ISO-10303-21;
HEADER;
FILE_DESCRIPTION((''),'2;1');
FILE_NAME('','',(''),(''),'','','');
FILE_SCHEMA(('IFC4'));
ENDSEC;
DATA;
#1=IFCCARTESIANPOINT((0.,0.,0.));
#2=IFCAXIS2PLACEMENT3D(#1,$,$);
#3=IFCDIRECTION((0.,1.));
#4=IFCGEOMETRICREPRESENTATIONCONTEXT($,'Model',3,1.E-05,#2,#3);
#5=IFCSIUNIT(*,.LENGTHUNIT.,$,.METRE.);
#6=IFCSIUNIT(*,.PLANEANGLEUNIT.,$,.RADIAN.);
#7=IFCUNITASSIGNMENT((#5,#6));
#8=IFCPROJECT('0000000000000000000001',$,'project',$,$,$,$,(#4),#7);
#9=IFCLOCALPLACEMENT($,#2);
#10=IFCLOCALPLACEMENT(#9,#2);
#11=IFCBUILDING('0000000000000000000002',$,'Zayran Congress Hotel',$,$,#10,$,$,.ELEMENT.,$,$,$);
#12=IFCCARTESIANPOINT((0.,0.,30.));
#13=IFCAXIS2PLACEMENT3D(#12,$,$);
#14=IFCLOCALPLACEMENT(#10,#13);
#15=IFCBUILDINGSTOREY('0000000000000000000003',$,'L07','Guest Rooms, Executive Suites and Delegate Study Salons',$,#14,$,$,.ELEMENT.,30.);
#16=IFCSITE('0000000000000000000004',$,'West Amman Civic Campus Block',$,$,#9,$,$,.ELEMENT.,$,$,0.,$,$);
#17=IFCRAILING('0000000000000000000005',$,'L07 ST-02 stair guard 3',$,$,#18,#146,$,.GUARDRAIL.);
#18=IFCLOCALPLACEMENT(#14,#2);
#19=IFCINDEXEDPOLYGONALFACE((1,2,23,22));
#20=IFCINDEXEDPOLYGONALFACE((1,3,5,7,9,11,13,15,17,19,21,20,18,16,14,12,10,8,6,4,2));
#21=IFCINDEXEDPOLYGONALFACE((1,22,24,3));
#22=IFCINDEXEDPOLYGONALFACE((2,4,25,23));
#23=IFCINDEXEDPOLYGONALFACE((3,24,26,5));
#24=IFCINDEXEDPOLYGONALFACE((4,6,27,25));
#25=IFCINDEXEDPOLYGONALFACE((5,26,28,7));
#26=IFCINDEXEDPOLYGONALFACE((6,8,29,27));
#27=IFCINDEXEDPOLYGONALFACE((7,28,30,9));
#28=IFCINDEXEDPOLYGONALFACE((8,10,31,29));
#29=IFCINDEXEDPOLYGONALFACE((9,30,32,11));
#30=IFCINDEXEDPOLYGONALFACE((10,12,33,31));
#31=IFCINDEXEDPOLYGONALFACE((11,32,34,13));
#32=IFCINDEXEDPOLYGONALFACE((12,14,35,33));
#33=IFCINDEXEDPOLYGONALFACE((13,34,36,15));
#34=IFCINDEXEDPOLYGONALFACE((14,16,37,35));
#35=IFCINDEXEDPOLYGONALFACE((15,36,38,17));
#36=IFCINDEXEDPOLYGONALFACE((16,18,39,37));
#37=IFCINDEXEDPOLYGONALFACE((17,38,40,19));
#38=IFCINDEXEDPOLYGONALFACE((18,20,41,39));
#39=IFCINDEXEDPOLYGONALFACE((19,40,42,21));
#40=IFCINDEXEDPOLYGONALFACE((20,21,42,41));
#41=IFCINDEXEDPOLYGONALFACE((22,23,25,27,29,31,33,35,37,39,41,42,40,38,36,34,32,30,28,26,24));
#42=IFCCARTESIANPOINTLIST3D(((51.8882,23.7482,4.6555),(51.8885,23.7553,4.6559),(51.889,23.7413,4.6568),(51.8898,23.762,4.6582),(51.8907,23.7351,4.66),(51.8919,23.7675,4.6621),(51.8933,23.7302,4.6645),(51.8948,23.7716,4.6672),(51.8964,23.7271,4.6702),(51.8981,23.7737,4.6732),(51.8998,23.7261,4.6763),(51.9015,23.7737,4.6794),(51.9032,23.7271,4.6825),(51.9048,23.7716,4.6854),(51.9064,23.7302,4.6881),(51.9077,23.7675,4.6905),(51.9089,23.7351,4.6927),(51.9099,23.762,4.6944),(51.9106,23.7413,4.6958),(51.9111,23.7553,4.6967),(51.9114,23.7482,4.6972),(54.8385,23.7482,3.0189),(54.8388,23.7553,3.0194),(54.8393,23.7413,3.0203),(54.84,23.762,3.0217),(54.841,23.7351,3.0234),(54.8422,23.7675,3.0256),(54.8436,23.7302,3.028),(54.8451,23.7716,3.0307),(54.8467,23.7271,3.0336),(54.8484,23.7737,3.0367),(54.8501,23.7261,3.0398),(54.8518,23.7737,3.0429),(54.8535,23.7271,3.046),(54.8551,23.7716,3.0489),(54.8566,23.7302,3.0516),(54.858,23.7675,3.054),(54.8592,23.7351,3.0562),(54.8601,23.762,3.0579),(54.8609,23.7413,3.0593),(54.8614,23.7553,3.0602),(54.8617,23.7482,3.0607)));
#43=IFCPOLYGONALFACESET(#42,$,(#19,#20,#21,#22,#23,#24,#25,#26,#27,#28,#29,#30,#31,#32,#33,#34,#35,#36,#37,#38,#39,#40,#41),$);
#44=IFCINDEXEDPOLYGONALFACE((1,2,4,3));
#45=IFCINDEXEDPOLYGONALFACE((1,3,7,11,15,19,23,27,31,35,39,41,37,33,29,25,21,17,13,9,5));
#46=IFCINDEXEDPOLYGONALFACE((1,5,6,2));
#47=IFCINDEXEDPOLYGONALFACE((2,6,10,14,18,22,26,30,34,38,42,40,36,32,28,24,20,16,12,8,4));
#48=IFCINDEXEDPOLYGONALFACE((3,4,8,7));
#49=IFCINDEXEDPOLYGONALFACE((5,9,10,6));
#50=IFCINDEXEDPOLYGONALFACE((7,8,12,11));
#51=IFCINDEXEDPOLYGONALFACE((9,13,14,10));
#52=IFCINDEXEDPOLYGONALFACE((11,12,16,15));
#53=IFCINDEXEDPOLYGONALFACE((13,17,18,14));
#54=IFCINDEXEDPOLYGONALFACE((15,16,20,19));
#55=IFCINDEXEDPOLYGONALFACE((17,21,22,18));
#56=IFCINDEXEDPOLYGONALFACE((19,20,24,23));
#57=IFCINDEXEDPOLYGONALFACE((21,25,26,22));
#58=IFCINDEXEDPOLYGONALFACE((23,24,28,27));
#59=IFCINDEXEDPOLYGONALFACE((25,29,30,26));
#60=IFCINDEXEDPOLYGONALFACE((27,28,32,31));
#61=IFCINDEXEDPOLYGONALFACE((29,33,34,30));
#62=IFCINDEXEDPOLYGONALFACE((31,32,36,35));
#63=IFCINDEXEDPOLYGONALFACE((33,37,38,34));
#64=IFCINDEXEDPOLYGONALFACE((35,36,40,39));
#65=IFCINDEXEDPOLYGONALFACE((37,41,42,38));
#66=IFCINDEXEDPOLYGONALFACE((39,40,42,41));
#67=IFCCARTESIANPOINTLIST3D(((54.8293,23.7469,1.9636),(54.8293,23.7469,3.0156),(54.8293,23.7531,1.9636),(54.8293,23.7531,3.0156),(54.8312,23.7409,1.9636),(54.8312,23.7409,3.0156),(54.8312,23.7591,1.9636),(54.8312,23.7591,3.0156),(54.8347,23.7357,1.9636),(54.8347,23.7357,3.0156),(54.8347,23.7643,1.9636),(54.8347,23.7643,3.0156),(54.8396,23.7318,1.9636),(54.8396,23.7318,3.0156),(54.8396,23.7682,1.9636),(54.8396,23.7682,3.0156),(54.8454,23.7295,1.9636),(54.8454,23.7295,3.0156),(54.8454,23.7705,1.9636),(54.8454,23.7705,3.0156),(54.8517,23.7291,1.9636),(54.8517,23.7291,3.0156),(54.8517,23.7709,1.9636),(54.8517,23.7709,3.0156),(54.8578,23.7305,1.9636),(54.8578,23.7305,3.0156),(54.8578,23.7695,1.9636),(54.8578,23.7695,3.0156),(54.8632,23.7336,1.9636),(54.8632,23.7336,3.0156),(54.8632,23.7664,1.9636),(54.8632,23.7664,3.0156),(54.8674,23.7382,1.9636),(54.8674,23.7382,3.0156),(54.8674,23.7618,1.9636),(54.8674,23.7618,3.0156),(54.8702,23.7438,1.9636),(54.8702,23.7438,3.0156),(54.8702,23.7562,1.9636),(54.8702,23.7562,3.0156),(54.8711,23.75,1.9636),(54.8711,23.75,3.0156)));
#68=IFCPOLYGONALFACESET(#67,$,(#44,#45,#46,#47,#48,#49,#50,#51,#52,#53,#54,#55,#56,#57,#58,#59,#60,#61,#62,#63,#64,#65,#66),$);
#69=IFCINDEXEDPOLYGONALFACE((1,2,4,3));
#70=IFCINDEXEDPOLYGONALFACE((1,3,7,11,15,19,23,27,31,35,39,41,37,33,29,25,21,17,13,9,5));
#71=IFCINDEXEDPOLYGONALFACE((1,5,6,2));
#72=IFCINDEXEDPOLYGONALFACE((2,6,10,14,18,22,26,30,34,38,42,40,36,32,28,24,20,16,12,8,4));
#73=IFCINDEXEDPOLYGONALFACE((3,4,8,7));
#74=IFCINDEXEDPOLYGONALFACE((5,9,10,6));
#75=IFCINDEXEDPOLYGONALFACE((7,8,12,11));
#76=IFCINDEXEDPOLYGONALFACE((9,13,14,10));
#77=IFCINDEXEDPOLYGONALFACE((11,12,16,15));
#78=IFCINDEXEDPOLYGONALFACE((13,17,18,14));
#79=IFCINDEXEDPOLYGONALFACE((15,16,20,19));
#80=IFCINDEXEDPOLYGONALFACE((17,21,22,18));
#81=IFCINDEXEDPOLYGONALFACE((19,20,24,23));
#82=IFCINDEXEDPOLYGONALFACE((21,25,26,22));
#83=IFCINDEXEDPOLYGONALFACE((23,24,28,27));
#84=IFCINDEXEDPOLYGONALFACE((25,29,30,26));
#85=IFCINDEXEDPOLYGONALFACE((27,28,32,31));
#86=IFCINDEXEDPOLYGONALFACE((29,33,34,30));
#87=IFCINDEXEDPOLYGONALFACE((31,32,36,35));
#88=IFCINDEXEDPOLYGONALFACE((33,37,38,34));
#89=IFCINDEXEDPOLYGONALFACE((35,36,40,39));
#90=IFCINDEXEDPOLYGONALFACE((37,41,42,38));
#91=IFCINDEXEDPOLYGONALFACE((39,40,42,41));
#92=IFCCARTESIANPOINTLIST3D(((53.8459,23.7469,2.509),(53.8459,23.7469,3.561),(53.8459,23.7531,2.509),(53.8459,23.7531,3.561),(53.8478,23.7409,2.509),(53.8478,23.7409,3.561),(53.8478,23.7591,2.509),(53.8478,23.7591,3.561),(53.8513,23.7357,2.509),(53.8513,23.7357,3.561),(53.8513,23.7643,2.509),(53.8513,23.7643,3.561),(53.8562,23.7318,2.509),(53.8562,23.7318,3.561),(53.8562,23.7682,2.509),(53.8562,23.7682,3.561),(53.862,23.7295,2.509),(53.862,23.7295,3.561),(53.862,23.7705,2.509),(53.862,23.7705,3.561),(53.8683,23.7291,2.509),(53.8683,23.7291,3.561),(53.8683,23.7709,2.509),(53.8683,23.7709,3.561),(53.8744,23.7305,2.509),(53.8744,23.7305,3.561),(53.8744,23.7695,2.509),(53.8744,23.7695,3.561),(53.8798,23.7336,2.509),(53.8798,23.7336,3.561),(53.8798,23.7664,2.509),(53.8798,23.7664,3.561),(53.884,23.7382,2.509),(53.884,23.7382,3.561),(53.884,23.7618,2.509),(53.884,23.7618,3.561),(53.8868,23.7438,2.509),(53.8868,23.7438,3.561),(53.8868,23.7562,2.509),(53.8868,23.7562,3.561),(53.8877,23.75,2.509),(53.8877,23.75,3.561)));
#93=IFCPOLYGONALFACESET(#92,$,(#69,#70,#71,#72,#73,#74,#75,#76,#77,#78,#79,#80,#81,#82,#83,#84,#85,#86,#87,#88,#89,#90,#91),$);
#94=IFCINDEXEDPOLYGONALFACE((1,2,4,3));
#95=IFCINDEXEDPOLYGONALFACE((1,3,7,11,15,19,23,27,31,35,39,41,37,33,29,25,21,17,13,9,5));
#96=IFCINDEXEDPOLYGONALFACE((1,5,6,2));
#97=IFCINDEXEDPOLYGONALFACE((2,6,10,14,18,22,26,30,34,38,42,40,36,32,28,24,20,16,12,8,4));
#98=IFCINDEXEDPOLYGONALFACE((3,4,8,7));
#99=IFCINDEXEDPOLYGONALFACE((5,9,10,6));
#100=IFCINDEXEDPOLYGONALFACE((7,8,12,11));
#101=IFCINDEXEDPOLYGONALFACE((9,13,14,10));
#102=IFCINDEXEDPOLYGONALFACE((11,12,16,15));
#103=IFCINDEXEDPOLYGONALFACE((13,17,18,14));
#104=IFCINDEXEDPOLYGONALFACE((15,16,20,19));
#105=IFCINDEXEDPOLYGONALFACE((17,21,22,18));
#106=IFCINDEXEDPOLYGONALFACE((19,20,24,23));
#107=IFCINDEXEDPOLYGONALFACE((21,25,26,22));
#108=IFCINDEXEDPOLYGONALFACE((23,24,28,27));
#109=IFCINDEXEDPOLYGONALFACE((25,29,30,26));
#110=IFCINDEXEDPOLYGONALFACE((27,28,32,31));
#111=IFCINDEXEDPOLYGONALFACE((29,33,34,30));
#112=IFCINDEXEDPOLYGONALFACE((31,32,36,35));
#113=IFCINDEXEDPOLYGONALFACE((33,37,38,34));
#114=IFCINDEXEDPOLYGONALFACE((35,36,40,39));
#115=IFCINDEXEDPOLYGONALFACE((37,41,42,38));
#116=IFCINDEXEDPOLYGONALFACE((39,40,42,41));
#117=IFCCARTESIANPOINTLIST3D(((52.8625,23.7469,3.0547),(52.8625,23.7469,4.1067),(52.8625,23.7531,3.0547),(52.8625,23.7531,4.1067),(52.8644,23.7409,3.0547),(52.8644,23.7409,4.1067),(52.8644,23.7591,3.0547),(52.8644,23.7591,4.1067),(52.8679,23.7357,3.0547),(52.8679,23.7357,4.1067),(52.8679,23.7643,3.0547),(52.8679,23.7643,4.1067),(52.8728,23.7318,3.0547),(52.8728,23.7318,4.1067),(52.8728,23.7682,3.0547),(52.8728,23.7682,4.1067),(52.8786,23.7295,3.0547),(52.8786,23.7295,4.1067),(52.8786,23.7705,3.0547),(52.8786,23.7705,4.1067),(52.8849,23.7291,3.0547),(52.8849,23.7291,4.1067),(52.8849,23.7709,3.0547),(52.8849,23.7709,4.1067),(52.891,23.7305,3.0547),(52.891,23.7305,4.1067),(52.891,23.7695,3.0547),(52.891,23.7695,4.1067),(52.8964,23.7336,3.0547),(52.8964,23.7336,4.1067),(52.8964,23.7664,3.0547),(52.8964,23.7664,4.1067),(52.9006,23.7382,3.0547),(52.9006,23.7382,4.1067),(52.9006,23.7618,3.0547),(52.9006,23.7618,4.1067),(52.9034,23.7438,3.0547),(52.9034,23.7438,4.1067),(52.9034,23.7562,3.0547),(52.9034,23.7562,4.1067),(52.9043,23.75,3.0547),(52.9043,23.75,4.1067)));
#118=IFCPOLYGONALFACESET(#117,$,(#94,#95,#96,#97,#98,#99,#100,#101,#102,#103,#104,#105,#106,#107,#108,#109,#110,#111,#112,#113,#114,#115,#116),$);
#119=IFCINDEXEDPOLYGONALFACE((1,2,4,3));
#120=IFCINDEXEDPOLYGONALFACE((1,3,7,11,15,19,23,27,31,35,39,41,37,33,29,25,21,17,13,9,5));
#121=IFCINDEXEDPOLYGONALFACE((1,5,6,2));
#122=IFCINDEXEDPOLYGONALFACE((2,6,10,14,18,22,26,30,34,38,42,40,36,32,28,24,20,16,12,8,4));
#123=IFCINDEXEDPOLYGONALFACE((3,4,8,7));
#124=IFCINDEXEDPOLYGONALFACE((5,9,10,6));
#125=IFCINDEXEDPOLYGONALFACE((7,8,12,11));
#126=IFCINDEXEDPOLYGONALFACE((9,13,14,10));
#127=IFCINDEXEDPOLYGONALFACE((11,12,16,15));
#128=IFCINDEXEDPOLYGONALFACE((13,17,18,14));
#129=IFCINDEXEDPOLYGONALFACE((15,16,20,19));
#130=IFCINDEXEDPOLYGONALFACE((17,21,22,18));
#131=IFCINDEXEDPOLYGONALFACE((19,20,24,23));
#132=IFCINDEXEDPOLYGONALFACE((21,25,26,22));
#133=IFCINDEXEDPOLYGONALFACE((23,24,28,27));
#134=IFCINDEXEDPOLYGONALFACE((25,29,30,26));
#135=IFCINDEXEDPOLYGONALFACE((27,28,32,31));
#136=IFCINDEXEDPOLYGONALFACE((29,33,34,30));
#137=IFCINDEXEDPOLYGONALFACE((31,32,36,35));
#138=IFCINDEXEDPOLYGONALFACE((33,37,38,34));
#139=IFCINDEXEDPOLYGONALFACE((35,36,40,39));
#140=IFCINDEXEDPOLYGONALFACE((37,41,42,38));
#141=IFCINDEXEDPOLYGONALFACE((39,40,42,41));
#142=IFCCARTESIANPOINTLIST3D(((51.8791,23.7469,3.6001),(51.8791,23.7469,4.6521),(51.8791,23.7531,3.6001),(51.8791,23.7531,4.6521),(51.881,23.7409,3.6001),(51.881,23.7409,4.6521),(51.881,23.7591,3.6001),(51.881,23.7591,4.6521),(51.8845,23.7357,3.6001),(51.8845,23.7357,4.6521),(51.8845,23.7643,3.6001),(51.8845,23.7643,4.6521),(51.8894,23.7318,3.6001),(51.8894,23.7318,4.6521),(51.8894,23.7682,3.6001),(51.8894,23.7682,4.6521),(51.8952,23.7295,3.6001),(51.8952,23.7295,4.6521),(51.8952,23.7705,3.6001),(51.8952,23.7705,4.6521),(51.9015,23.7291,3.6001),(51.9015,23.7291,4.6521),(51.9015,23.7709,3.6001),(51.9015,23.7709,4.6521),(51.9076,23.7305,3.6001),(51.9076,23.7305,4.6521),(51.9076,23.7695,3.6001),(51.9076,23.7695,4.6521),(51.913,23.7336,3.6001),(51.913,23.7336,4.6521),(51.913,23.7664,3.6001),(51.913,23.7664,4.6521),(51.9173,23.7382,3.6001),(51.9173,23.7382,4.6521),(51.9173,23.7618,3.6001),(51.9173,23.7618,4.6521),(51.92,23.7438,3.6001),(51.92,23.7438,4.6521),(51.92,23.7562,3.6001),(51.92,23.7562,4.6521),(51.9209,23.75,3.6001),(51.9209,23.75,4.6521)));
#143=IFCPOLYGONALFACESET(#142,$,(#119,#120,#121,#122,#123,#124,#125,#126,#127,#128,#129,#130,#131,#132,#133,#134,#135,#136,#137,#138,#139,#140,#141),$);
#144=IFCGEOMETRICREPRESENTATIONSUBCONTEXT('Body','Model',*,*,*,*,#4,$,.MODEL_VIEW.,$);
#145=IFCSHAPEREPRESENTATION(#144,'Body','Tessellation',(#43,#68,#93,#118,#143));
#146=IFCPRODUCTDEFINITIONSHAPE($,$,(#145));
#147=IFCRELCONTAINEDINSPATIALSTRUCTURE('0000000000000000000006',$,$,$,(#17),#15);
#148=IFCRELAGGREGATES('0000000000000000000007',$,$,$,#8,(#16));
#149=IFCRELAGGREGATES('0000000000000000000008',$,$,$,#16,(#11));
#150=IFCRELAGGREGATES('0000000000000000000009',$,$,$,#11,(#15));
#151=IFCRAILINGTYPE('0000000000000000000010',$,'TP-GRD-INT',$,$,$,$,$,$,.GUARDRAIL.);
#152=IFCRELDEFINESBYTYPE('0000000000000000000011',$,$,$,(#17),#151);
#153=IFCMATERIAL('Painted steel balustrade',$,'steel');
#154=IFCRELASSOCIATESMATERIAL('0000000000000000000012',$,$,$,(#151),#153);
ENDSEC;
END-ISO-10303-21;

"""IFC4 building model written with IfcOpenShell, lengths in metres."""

from ifc_helpers import new_model, si_unit, direction, frame, origin, origin_2d, place, context, subcontext, project, spatial, circle, extrude, material, type_object, element, save


model = new_model("IFC4")

# Units and contexts
model_context = context("Model", 3, precision=1e-05, world=origin(), true_north=direction((0.0, 1.0)))
body_context = subcontext(model_context, "Body", "Model", "MODEL_VIEW")
ifc_project = project(units=[si_unit("LENGTHUNIT", "METRE"), si_unit("PLANEANGLEUNIT", "RADIAN")], contexts=[model_context])

# Site, building, storey
site_placement = place(None, origin())
site = spatial("IfcSite", under=ifc_project, at=site_placement, Name="West Amman Civic Campus Block", CompositionType="ELEMENT", RefElevation=0.0)
building_placement = place(site_placement, origin())
building = spatial("IfcBuilding", under=site, at=building_placement, Name="Zayran Congress Hotel", CompositionType="ELEMENT")
storey_placement = place(building_placement, frame((0.0, 0.0, 30.0)))
storey = spatial("IfcBuildingStorey", under=building, at=storey_placement, Name="L07", Description="Guest Rooms, Executive Suites and Delegate Study Salons", CompositionType="ELEMENT", Elevation=30.0)

# Railing
ifc_material_1 = material(Name="Painted steel balustrade", Category="steel")
railing_type = type_object("IfcRailingType", Name="TP-GRD-INT", PredefinedType="GUARDRAIL", material=ifc_material_1)
railing_1_placement = place(storey_placement, frame((54.8501, 23.75, 1.9636)))
element("IfcRailing", 1, at=railing_1_placement, inside=storey, type_object=railing_type, Name="L07 ST-02 stair guard 3", PredefinedType="GUARDRAIL", context=body_context, shape_type="SweptSolid", body=[
    extrude(circle(Radius=0.0239, at=origin_2d()), frame((0.0, 0.0, 1.0762), z_axis=(-0.874475, 0.0, 0.485071), x_axis=(0.0, -1.0, 0.0)), (0.0, 0.0, 1.0), 3.3738),
    extrude(circle(Radius=0.021, at=origin_2d()), origin(), (0.0, 0.0, 1.0), 1.052),
    extrude(circle(Radius=0.021, at=origin_2d()), frame((-0.9834, 0.0, 0.5454)), (0.0, 0.0, 1.0), 1.052),
    extrude(circle(Radius=0.021, at=origin_2d()), frame((-1.9668, 0.0, 1.0911)), (0.0, 0.0, 1.0), 1.052),
    extrude(circle(Radius=0.021, at=origin_2d()), frame((-2.9502, 0.0, 1.6365)), (0.0, 0.0, 1.0), 1.052),
])

save(model, "model.ifc")
